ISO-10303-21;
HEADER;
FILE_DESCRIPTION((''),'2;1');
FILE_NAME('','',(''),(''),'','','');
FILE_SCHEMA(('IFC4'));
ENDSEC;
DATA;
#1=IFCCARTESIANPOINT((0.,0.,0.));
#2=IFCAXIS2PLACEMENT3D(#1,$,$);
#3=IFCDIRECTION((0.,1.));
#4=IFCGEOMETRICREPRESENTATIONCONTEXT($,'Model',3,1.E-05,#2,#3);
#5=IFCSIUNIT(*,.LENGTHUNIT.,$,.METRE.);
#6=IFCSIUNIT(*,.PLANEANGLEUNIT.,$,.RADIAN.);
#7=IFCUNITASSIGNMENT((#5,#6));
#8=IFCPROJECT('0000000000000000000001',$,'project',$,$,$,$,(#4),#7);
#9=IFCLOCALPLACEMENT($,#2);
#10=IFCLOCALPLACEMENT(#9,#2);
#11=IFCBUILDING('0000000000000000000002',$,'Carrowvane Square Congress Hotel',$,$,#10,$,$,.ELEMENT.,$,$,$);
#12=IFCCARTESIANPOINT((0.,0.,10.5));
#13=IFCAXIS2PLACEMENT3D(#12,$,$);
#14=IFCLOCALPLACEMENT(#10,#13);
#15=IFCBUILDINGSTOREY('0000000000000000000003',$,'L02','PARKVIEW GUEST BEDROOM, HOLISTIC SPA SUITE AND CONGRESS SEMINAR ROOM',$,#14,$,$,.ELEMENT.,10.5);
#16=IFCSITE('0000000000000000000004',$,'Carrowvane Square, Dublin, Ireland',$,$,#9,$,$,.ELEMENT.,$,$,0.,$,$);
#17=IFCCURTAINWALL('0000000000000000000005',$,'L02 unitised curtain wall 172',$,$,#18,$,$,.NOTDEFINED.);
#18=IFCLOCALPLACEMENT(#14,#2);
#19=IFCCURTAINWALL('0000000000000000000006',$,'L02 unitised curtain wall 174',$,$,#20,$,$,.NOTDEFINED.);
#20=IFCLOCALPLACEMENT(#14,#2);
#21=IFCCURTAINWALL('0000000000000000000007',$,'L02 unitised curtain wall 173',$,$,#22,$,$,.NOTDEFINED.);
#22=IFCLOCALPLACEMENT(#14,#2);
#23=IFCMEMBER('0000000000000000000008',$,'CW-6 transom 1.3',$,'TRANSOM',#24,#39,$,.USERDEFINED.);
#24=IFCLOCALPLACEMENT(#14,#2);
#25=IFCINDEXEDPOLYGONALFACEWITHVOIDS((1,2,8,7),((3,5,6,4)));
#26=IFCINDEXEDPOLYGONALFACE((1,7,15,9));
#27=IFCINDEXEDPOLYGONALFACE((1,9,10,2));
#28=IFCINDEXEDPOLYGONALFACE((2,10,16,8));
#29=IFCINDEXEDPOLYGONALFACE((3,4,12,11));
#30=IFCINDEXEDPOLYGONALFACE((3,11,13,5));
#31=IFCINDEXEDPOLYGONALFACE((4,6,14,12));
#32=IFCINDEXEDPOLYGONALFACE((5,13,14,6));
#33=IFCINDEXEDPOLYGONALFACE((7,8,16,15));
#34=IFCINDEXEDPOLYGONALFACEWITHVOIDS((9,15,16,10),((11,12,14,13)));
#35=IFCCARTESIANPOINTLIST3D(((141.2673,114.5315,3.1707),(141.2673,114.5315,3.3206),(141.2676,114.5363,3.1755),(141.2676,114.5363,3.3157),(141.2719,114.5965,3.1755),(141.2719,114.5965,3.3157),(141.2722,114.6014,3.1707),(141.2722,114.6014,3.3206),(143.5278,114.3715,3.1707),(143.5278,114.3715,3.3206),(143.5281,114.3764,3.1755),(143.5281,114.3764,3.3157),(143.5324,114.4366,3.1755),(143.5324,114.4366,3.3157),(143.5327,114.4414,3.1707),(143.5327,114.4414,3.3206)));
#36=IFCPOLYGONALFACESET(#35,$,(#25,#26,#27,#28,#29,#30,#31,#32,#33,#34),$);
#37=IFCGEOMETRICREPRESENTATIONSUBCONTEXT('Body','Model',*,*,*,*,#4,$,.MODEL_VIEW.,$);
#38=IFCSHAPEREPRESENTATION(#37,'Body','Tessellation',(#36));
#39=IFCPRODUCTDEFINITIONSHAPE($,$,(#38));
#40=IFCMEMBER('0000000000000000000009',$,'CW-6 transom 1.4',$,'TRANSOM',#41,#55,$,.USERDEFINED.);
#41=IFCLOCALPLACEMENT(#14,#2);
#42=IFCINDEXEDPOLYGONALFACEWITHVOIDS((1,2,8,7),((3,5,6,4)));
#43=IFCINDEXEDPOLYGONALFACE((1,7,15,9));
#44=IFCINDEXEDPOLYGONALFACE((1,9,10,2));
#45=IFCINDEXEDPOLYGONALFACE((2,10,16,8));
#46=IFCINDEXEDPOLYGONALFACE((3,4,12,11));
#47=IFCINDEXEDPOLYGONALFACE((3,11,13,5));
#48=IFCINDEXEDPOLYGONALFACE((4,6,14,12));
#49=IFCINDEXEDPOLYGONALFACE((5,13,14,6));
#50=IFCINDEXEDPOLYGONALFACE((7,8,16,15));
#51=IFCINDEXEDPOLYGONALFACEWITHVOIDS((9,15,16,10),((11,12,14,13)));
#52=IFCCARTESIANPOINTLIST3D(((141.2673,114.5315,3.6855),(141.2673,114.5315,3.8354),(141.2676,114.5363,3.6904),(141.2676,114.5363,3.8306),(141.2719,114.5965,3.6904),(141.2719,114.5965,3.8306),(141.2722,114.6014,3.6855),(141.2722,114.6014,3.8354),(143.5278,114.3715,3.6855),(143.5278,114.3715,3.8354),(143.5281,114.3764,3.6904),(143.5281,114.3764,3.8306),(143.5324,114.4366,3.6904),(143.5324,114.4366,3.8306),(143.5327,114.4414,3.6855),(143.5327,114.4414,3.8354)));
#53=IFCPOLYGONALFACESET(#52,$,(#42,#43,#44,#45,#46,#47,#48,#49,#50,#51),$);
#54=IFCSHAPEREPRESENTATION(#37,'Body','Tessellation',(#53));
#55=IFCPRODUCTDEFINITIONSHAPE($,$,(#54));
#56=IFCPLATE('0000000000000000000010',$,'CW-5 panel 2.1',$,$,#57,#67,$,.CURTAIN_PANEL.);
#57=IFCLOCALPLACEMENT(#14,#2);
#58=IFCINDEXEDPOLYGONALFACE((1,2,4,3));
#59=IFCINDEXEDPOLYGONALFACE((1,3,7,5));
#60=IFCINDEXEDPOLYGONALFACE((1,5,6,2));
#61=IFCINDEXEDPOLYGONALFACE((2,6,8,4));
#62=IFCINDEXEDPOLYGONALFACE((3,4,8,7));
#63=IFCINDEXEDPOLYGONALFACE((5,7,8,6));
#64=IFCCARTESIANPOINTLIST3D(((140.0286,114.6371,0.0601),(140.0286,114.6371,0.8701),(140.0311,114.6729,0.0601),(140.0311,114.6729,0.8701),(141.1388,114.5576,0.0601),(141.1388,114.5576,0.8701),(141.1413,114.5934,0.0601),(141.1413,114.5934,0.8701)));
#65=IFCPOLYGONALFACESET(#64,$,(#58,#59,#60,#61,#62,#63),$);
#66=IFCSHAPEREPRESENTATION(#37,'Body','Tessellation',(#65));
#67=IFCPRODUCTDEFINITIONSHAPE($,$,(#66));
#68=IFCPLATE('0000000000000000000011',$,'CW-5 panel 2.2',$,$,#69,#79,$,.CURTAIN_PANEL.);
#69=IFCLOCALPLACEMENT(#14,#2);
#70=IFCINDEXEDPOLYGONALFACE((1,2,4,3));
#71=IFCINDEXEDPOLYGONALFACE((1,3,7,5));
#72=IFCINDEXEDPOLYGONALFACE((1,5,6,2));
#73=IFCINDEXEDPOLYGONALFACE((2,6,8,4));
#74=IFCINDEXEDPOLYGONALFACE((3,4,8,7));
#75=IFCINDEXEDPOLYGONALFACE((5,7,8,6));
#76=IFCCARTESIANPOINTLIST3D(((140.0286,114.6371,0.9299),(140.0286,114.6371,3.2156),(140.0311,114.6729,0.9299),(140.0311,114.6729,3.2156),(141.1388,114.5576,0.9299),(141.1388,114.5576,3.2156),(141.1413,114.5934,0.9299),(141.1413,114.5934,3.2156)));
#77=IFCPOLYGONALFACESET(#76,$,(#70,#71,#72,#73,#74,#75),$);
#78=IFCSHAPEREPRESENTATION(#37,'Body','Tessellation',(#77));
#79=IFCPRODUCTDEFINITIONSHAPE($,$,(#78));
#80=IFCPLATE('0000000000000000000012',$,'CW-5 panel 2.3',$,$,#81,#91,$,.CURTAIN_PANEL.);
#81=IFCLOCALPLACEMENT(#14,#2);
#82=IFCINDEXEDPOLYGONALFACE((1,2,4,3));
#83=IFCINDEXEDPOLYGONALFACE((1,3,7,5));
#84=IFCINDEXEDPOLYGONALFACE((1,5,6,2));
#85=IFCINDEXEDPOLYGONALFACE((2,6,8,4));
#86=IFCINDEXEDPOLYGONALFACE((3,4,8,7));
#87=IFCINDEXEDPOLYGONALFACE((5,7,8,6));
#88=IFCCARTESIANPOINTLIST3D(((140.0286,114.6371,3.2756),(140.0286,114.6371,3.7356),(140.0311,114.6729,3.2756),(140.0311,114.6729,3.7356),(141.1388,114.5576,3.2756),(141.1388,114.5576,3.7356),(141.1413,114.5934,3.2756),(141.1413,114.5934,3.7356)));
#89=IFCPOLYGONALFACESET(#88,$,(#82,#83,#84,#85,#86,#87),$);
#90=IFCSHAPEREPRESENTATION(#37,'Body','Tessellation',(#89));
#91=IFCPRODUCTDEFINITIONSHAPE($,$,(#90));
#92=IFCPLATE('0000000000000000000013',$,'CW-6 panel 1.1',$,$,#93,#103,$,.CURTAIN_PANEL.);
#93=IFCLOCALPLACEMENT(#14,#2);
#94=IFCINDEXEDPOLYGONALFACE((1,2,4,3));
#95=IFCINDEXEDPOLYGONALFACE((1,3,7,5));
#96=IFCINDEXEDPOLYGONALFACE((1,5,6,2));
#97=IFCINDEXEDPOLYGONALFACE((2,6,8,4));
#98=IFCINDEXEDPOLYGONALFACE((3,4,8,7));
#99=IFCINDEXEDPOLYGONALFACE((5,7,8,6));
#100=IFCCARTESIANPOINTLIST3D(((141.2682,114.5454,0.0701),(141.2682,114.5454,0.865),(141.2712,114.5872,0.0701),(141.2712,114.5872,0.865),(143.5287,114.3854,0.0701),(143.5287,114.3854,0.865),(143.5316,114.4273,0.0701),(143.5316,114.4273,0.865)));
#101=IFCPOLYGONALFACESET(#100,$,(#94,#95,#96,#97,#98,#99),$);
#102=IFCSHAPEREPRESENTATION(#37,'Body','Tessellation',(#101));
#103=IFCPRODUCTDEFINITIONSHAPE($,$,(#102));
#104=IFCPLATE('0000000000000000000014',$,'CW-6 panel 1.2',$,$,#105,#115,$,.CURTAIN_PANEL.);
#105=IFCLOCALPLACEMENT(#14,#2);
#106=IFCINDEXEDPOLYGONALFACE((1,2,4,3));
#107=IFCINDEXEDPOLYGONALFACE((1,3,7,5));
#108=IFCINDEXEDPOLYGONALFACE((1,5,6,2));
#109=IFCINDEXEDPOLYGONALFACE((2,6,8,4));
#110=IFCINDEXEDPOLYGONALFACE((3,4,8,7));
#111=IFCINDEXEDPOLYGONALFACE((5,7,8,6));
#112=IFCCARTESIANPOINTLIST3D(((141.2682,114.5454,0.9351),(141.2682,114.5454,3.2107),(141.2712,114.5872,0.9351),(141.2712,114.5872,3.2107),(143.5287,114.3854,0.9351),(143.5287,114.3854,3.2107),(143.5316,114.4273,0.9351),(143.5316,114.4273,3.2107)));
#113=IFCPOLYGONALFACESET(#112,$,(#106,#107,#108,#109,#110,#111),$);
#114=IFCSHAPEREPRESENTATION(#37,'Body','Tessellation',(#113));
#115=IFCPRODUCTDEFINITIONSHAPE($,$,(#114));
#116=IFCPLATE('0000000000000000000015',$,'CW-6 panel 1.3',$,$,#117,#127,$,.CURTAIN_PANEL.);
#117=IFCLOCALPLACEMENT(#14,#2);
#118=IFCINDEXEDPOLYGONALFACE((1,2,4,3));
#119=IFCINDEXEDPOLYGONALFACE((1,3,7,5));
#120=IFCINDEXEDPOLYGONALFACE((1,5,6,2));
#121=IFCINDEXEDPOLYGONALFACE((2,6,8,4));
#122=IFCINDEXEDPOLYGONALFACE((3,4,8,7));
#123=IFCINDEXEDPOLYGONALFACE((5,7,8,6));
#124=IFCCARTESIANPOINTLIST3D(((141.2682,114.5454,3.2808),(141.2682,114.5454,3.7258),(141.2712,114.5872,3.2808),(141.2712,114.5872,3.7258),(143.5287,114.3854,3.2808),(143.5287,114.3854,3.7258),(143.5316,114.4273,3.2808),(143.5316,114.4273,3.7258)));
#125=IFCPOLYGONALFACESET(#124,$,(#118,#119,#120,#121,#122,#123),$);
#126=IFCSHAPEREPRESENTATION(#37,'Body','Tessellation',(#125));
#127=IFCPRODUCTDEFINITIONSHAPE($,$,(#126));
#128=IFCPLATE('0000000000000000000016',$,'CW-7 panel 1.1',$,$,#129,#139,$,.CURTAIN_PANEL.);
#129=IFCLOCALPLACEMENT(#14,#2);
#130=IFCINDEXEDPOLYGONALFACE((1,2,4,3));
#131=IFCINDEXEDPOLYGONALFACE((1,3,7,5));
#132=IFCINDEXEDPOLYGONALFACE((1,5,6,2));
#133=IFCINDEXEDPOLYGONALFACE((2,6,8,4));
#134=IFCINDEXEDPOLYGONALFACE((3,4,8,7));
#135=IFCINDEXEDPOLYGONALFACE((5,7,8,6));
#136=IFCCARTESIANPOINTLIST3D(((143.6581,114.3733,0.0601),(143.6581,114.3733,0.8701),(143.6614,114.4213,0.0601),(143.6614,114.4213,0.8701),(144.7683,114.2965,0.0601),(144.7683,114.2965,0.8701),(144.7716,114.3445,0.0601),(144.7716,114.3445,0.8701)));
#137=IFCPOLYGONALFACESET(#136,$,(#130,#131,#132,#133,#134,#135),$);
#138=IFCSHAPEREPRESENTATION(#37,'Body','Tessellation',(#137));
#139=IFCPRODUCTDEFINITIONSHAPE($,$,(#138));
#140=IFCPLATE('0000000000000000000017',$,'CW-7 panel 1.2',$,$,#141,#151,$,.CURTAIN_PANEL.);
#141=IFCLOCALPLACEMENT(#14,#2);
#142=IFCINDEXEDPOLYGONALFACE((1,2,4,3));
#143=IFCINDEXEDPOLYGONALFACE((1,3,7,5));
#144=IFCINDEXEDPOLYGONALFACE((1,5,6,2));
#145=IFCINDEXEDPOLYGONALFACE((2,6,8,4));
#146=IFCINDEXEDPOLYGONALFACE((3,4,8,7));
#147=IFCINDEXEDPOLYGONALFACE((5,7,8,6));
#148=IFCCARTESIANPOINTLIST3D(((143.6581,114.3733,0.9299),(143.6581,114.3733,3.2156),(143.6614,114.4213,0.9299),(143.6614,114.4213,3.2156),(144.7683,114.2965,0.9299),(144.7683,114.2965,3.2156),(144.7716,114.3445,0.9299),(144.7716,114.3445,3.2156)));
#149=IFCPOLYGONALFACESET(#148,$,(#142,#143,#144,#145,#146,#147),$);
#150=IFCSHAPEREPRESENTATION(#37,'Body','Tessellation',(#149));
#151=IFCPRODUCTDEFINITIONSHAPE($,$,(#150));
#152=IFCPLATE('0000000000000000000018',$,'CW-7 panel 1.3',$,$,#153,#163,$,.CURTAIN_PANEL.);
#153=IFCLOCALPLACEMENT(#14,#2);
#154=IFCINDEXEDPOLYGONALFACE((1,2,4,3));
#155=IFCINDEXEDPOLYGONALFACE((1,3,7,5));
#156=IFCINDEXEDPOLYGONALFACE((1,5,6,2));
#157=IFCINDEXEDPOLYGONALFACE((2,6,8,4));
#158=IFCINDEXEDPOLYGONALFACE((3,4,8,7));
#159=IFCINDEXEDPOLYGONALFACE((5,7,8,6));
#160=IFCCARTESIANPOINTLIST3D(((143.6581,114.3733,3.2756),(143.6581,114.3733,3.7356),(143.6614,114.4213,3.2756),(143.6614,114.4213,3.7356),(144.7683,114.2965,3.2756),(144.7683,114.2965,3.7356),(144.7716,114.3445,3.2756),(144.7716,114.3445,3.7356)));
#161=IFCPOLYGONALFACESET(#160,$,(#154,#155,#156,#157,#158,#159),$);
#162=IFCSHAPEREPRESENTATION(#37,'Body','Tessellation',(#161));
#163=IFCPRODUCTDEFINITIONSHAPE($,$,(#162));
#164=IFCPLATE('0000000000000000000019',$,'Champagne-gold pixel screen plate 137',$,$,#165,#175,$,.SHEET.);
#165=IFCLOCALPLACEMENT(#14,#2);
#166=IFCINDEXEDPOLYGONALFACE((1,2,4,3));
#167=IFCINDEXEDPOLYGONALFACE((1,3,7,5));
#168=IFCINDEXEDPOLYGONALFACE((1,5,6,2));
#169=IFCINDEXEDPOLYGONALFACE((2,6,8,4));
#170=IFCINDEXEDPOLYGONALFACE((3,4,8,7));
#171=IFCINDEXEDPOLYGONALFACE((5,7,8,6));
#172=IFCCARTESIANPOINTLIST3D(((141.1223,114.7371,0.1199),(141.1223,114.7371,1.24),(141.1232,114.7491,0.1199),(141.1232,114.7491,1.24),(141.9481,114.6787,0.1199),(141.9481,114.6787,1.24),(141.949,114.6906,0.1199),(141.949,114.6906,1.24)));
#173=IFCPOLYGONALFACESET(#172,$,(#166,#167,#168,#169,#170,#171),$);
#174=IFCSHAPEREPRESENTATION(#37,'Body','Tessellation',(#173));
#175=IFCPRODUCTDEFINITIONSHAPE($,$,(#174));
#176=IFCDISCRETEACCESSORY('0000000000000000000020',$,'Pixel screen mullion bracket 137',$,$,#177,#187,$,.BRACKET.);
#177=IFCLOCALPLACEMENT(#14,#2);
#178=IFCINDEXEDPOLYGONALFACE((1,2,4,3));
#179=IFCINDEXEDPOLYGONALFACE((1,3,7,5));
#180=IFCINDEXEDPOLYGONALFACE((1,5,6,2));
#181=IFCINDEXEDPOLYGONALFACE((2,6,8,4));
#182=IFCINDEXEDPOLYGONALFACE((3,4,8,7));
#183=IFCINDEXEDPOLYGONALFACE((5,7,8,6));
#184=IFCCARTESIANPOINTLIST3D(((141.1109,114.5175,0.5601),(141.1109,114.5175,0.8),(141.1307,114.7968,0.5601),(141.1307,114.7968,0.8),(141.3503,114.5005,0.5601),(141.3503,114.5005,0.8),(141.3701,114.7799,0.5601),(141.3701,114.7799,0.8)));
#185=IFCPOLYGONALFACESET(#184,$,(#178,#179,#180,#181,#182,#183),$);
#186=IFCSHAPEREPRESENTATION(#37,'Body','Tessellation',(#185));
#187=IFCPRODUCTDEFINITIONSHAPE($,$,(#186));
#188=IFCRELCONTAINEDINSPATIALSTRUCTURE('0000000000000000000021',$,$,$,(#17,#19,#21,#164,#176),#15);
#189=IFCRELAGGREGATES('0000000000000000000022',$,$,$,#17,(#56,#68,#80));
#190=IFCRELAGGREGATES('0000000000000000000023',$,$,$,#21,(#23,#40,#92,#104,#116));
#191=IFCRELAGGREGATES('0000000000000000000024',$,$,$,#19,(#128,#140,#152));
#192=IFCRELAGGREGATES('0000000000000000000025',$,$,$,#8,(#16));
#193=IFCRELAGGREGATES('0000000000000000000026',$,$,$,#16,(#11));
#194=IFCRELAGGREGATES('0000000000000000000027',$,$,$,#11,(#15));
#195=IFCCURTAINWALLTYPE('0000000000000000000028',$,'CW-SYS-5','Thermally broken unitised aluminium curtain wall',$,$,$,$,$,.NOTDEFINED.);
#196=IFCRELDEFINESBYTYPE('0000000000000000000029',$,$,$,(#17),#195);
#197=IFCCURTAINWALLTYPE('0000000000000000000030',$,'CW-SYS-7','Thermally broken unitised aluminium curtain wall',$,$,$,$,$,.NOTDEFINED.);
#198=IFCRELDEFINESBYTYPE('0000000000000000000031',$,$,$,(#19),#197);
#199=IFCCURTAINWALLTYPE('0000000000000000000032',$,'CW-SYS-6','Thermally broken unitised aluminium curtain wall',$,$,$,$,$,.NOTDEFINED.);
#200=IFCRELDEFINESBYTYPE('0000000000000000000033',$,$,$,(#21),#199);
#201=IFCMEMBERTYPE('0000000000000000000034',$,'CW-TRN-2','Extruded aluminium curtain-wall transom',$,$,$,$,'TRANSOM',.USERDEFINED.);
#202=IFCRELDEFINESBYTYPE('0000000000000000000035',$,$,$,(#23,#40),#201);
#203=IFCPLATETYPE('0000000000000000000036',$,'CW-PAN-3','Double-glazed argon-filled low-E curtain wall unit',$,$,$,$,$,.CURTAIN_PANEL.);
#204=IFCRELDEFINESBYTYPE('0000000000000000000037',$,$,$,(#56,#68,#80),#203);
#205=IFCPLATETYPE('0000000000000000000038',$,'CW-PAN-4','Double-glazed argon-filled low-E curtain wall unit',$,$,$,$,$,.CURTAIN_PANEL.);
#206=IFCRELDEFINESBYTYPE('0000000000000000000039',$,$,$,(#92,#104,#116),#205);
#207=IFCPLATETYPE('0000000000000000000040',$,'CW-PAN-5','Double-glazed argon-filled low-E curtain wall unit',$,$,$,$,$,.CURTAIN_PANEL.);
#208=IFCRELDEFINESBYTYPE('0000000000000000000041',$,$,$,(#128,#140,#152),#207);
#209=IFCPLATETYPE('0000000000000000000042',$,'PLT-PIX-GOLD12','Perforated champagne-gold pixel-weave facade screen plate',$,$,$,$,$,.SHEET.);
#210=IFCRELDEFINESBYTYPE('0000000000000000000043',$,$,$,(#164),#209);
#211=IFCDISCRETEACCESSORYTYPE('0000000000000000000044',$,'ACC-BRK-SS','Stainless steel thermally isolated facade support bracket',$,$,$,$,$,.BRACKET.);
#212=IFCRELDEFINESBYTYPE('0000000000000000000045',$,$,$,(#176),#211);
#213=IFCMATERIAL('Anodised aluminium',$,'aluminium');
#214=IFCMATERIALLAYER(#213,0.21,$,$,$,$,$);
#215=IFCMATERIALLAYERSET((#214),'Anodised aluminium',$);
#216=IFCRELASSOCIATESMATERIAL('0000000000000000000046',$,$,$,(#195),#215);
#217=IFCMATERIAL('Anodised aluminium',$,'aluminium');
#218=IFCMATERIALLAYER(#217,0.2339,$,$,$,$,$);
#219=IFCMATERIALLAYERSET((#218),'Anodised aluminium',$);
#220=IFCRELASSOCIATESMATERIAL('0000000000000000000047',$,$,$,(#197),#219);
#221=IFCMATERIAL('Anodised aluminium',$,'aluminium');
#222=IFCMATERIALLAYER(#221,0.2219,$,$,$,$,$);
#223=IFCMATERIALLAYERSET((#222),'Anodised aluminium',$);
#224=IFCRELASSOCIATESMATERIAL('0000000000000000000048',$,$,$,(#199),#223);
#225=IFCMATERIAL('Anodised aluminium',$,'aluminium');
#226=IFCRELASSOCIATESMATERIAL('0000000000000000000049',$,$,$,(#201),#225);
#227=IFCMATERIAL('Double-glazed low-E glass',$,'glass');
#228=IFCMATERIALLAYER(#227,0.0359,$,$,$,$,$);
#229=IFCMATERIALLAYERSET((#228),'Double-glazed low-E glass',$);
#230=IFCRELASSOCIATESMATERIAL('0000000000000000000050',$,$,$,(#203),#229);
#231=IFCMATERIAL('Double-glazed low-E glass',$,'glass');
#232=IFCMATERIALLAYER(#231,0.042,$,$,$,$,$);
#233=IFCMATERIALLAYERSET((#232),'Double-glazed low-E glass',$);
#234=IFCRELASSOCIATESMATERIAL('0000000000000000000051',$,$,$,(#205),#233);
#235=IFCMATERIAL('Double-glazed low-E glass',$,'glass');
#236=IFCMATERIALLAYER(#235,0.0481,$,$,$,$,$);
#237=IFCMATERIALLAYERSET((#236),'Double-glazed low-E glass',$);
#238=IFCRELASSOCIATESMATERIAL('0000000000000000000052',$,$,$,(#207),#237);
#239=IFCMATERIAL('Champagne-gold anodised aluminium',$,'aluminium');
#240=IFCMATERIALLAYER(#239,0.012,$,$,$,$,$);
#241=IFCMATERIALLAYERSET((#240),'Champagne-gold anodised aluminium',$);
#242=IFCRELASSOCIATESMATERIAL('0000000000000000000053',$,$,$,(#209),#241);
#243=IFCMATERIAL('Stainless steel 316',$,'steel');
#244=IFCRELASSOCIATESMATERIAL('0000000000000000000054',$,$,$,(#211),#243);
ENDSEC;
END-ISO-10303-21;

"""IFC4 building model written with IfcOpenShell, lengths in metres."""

from ifc_helpers import new_model, si_unit, direction, frame, origin, origin_2d, place, context, subcontext, project, spatial, rectangle, hollow_rectangle, extrude, material, layer, layer_set, material_profile, profile_set, type_object, element, aggregate, save


model = new_model("IFC4")

# Units and contexts
model_context = context("Model", 3, precision=1e-05, world=origin(), true_north=direction((0.0, 1.0)))
body_context = subcontext(model_context, "Body", "Model", "MODEL_VIEW")
ifc_project = project(units=[si_unit("LENGTHUNIT", "METRE"), si_unit("PLANEANGLEUNIT", "RADIAN")], contexts=[model_context])

# Site, building, storey
site_placement = place(None, origin())
site = spatial("IfcSite", under=ifc_project, at=site_placement, Name="Carrowvane Square, Dublin, Ireland", CompositionType="ELEMENT", RefElevation=0.0)
building_placement = place(site_placement, origin())
building = spatial("IfcBuilding", under=site, at=building_placement, Name="Carrowvane Square Congress Hotel", CompositionType="ELEMENT")
storey_placement = place(building_placement, frame((0.0, 0.0, 10.5)))
storey = spatial("IfcBuildingStorey", under=building, at=storey_placement, Name="L02", Description="PARKVIEW GUEST BEDROOM, HOLISTIC SPA SUITE AND CONGRESS SEMINAR ROOM", CompositionType="ELEMENT", Elevation=10.5)

# Curtain walls
ifc_material_1 = material(Name="Anodised aluminium", Category="aluminium")
ifc_layer_1 = layer(ifc_material_1, 0.21)
ifc_layer_set_1 = layer_set([ifc_layer_1], Name="Anodised aluminium")
curtain_wall_type_1 = type_object("IfcCurtainWallType", Name="CW-SYS-5", Description="Thermally broken unitised aluminium curtain wall", PredefinedType="NOTDEFINED", material=ifc_layer_set_1)
curtain_wall_1_placement = place(storey_placement, origin())
curtain_wall_1 = element("IfcCurtainWall", 1, at=curtain_wall_1_placement, inside=storey, type_object=curtain_wall_type_1, Name="L02 unitised curtain wall 172", PredefinedType="NOTDEFINED")
ifc_material_2 = material(Name="Anodised aluminium", Category="aluminium")
ifc_layer_2 = layer(ifc_material_2, 0.2339)
ifc_layer_set_2 = layer_set([ifc_layer_2], Name="Anodised aluminium")
curtain_wall_type_2 = type_object("IfcCurtainWallType", Name="CW-SYS-7", Description="Thermally broken unitised aluminium curtain wall", PredefinedType="NOTDEFINED", material=ifc_layer_set_2)
curtain_wall_2_placement = place(storey_placement, origin())
curtain_wall_2 = element("IfcCurtainWall", 2, at=curtain_wall_2_placement, inside=storey, type_object=curtain_wall_type_2, Name="L02 unitised curtain wall 174", PredefinedType="NOTDEFINED")

# Curtain wall
ifc_material_3 = material(Name="Anodised aluminium", Category="aluminium")
ifc_layer_3 = layer(ifc_material_3, 0.2219)
ifc_layer_set_3 = layer_set([ifc_layer_3], Name="Anodised aluminium")
curtain_wall_type_3 = type_object("IfcCurtainWallType", Name="CW-SYS-6", Description="Thermally broken unitised aluminium curtain wall", PredefinedType="NOTDEFINED", material=ifc_layer_set_3)
curtain_wall_3_placement = place(storey_placement, origin())
curtain_wall_3 = element("IfcCurtainWall", 3, at=curtain_wall_3_placement, inside=storey, type_object=curtain_wall_type_3, Name="L02 unitised curtain wall 173", PredefinedType="NOTDEFINED")

# Members
ifc_material_4 = material(Name="Anodised aluminium", Category="aluminium")
ifc_material_profile_1 = material_profile(ifc_material_4, hollow_rectangle(XDim=0.0701, YDim=0.1499, WallThickness=0.0049, at=origin_2d()), Name="CW-TR 70x150x5")
ifc_profile_set_1 = profile_set([ifc_material_profile_1], Name="Anodised aluminium")
member_type_1 = type_object("IfcMemberType", Name="CW-TRN-2", Description="Extruded aluminium curtain-wall transom", ElementType="TRANSOM", PredefinedType="USERDEFINED", material=ifc_profile_set_1)
member_1_placement = place(storey_placement, frame((141.2698, 114.5664, 3.2456), z_axis=(0.997507, -0.070566, 0.0), x_axis=(0.070566, 0.997507, 0.0)))
member_1 = element("IfcMember", 4, at=member_1_placement, type_object=member_type_1, Name="CW-6 transom 1.3", ObjectType="TRANSOM", PredefinedType="USERDEFINED", context=body_context, shape_type="SweptSolid", body=[
    extrude(hollow_rectangle(XDim=0.0701, YDim=0.1499, WallThickness=0.0049, at=origin_2d()), origin(), (0.0, 0.0, 1.0), 2.2661),
])
member_2_placement = place(storey_placement, frame((141.2698, 114.5664, 3.7605), z_axis=(0.997507, -0.070566, 0.0), x_axis=(0.070566, 0.997507, 0.0)))
member_2 = element("IfcMember", 5, at=member_2_placement, type_object=member_type_1, Name="CW-6 transom 1.4", ObjectType="TRANSOM", PredefinedType="USERDEFINED", context=body_context, shape_type="SweptSolid", body=[
    extrude(hollow_rectangle(XDim=0.0701, YDim=0.1499, WallThickness=0.0049, at=origin_2d()), origin(), (0.0, 0.0, 1.0), 2.2661),
])

# Plates
ifc_material_5 = material(Name="Double-glazed low-E glass", Category="glass")
ifc_layer_4 = layer(ifc_material_5, 0.0359)
ifc_layer_set_4 = layer_set([ifc_layer_4], Name="Double-glazed low-E glass")
plate_type_1 = type_object("IfcPlateType", Name="CW-PAN-3", Description="Double-glazed argon-filled low-E curtain wall unit", PredefinedType="CURTAIN_PANEL", material=ifc_layer_set_4)
plate_1_placement = place(storey_placement, frame((140.585, 114.6152, 0.0601), z_axis=(0.0, 0.0, 1.0), x_axis=(0.997446, -0.071422, 0.0)))
plate_1 = element("IfcPlate", 6, at=plate_1_placement, type_object=plate_type_1, Name="CW-5 panel 2.1", PredefinedType="CURTAIN_PANEL", context=body_context, shape_type="SweptSolid", body=[
    extrude(rectangle(XDim=1.113, YDim=0.0359, at=origin_2d()), origin(), (0.0, 0.0, 1.0), 0.8101),
])
plate_2_placement = place(storey_placement, frame((140.585, 114.6152, 0.9299), z_axis=(0.0, 0.0, 1.0), x_axis=(0.997446, -0.071422, 0.0)))
plate_2 = element("IfcPlate", 7, at=plate_2_placement, type_object=plate_type_1, Name="CW-5 panel 2.2", PredefinedType="CURTAIN_PANEL", context=body_context, shape_type="SweptSolid", body=[
    extrude(rectangle(XDim=1.113, YDim=0.0359, at=origin_2d()), origin(), (0.0, 0.0, 1.0), 2.2856),
])
plate_3_placement = place(storey_placement, frame((140.585, 114.6152, 3.2756), z_axis=(0.0, 0.0, 1.0), x_axis=(0.997446, -0.071422, 0.0)))
plate_3 = element("IfcPlate", 8, at=plate_3_placement, type_object=plate_type_1, Name="CW-5 panel 2.3", PredefinedType="CURTAIN_PANEL", context=body_context, shape_type="SweptSolid", body=[
    extrude(rectangle(XDim=1.113, YDim=0.0359, at=origin_2d()), origin(), (0.0, 0.0, 1.0), 0.46),
])
aggregate(curtain_wall_1, [plate_1, plate_2, plate_3])
ifc_material_6 = material(Name="Double-glazed low-E glass", Category="glass")
ifc_layer_5 = layer(ifc_material_6, 0.042)
ifc_layer_set_5 = layer_set([ifc_layer_5], Name="Double-glazed low-E glass")
plate_type_2 = type_object("IfcPlateType", Name="CW-PAN-4", Description="Double-glazed argon-filled low-E curtain wall unit", PredefinedType="CURTAIN_PANEL", material=ifc_layer_set_5)
plate_4_placement = place(storey_placement, frame((142.3999, 114.4863, 0.0701), z_axis=(0.0, 0.0, 1.0), x_axis=(0.997506, -0.070586, 0.0)))
plate_4 = element("IfcPlate", 9, at=plate_4_placement, type_object=plate_type_2, Name="CW-6 panel 1.1", PredefinedType="CURTAIN_PANEL", context=body_context, shape_type="SweptSolid", body=[
    extrude(rectangle(XDim=2.2661, YDim=0.042, at=origin_2d()), origin(), (0.0, 0.0, 1.0), 0.7949),
])
plate_5_placement = place(storey_placement, frame((142.3999, 114.4863, 0.9351), z_axis=(0.0, 0.0, 1.0), x_axis=(0.997506, -0.070586, 0.0)))
plate_5 = element("IfcPlate", 10, at=plate_5_placement, type_object=plate_type_2, Name="CW-6 panel 1.2", PredefinedType="CURTAIN_PANEL", context=body_context, shape_type="SweptSolid", body=[
    extrude(rectangle(XDim=2.2661, YDim=0.042, at=origin_2d()), origin(), (0.0, 0.0, 1.0), 2.2756),
])
plate_6_placement = place(storey_placement, frame((142.3999, 114.4863, 3.2808), z_axis=(0.0, 0.0, 1.0), x_axis=(0.997506, -0.070586, 0.0)))
plate_6 = element("IfcPlate", 11, at=plate_6_placement, type_object=plate_type_2, Name="CW-6 panel 1.3", PredefinedType="CURTAIN_PANEL", context=body_context, shape_type="SweptSolid", body=[
    extrude(rectangle(XDim=2.2661, YDim=0.042, at=origin_2d()), origin(), (0.0, 0.0, 1.0), 0.4451),
])
aggregate(curtain_wall_3, [member_1, member_2, plate_4, plate_5, plate_6])
ifc_material_7 = material(Name="Double-glazed low-E glass", Category="glass")
ifc_layer_6 = layer(ifc_material_7, 0.0481)
ifc_layer_set_6 = layer_set([ifc_layer_6], Name="Double-glazed low-E glass")
plate_type_3 = type_object("IfcPlateType", Name="CW-PAN-5", Description="Double-glazed argon-filled low-E curtain wall unit", PredefinedType="CURTAIN_PANEL", material=ifc_layer_set_6)
plate_7_placement = place(storey_placement, frame((144.2148, 114.3589, 0.0601), z_axis=(0.0, 0.0, 1.0), x_axis=(0.997618, -0.068986, 0.0)))
plate_7 = element("IfcPlate", 12, at=plate_7_placement, type_object=plate_type_3, Name="CW-7 panel 1.1", PredefinedType="CURTAIN_PANEL", context=body_context, shape_type="SweptSolid", body=[
    extrude(rectangle(XDim=1.1128, YDim=0.0481, at=origin_2d()), origin(), (0.0, 0.0, 1.0), 0.8101),
])
plate_8_placement = place(storey_placement, frame((144.2148, 114.3589, 0.9299), z_axis=(0.0, 0.0, 1.0), x_axis=(0.997618, -0.068986, 0.0)))
plate_8 = element("IfcPlate", 13, at=plate_8_placement, type_object=plate_type_3, Name="CW-7 panel 1.2", PredefinedType="CURTAIN_PANEL", context=body_context, shape_type="SweptSolid", body=[
    extrude(rectangle(XDim=1.1128, YDim=0.0481, at=origin_2d()), origin(), (0.0, 0.0, 1.0), 2.2856),
])
plate_9_placement = place(storey_placement, frame((144.2148, 114.3589, 3.2756), z_axis=(0.0, 0.0, 1.0), x_axis=(0.997618, -0.068986, 0.0)))
plate_9 = element("IfcPlate", 14, at=plate_9_placement, type_object=plate_type_3, Name="CW-7 panel 1.3", PredefinedType="CURTAIN_PANEL", context=body_context, shape_type="SweptSolid", body=[
    extrude(rectangle(XDim=1.1128, YDim=0.0481, at=origin_2d()), origin(), (0.0, 0.0, 1.0), 0.46),
])
aggregate(curtain_wall_2, [plate_7, plate_8, plate_9])
ifc_material_8 = material(Name="Champagne-gold anodised aluminium", Category="aluminium")
ifc_layer_7 = layer(ifc_material_8, 0.012)
ifc_layer_set_7 = layer_set([ifc_layer_7], Name="Champagne-gold anodised aluminium")
plate_type_4 = type_object("IfcPlateType", Name="PLT-PIX-GOLD12", Description="Perforated champagne-gold pixel-weave facade screen plate", PredefinedType="SHEET", material=ifc_layer_set_7)
plate_10_placement = place(storey_placement, frame((141.5356, 114.7139, 0.1199), z_axis=(0.0, 0.0, 1.0), x_axis=(0.997506, -0.070585, 0.0)))
element("IfcPlate", 15, at=plate_10_placement, inside=storey, type_object=plate_type_4, Name="Champagne-gold pixel screen plate 137", PredefinedType="SHEET", context=body_context, shape_type="SweptSolid", body=[
    extrude(rectangle(XDim=0.8279, YDim=0.012, at=origin_2d()), origin(), (0.0, 0.0, 1.0), 1.1201),
])

# Discrete accessory
ifc_material_9 = material(Name="Stainless steel 316", Category="steel")
discrete_accessory_type = type_object("IfcDiscreteAccessoryType", Name="ACC-BRK-SS", Description="Stainless steel thermally isolated facade support bracket", PredefinedType="BRACKET", material=ifc_material_9)
discrete_accessory_placement = place(storey_placement, frame((141.2405, 114.6487, 0.5601), z_axis=(0.0, 0.0, 1.0), x_axis=(0.997506, -0.070585, 0.0)))
element("IfcDiscreteAccessory", 16, at=discrete_accessory_placement, inside=storey, type_object=discrete_accessory_type, Name="Pixel screen mullion bracket 137", PredefinedType="BRACKET", context=body_context, shape_type="SweptSolid", body=[
    extrude(rectangle(XDim=0.24, YDim=0.28, at=origin_2d()), origin(), (0.0, 0.0, 1.0), 0.24),
])

save(model, "model.ifc")
